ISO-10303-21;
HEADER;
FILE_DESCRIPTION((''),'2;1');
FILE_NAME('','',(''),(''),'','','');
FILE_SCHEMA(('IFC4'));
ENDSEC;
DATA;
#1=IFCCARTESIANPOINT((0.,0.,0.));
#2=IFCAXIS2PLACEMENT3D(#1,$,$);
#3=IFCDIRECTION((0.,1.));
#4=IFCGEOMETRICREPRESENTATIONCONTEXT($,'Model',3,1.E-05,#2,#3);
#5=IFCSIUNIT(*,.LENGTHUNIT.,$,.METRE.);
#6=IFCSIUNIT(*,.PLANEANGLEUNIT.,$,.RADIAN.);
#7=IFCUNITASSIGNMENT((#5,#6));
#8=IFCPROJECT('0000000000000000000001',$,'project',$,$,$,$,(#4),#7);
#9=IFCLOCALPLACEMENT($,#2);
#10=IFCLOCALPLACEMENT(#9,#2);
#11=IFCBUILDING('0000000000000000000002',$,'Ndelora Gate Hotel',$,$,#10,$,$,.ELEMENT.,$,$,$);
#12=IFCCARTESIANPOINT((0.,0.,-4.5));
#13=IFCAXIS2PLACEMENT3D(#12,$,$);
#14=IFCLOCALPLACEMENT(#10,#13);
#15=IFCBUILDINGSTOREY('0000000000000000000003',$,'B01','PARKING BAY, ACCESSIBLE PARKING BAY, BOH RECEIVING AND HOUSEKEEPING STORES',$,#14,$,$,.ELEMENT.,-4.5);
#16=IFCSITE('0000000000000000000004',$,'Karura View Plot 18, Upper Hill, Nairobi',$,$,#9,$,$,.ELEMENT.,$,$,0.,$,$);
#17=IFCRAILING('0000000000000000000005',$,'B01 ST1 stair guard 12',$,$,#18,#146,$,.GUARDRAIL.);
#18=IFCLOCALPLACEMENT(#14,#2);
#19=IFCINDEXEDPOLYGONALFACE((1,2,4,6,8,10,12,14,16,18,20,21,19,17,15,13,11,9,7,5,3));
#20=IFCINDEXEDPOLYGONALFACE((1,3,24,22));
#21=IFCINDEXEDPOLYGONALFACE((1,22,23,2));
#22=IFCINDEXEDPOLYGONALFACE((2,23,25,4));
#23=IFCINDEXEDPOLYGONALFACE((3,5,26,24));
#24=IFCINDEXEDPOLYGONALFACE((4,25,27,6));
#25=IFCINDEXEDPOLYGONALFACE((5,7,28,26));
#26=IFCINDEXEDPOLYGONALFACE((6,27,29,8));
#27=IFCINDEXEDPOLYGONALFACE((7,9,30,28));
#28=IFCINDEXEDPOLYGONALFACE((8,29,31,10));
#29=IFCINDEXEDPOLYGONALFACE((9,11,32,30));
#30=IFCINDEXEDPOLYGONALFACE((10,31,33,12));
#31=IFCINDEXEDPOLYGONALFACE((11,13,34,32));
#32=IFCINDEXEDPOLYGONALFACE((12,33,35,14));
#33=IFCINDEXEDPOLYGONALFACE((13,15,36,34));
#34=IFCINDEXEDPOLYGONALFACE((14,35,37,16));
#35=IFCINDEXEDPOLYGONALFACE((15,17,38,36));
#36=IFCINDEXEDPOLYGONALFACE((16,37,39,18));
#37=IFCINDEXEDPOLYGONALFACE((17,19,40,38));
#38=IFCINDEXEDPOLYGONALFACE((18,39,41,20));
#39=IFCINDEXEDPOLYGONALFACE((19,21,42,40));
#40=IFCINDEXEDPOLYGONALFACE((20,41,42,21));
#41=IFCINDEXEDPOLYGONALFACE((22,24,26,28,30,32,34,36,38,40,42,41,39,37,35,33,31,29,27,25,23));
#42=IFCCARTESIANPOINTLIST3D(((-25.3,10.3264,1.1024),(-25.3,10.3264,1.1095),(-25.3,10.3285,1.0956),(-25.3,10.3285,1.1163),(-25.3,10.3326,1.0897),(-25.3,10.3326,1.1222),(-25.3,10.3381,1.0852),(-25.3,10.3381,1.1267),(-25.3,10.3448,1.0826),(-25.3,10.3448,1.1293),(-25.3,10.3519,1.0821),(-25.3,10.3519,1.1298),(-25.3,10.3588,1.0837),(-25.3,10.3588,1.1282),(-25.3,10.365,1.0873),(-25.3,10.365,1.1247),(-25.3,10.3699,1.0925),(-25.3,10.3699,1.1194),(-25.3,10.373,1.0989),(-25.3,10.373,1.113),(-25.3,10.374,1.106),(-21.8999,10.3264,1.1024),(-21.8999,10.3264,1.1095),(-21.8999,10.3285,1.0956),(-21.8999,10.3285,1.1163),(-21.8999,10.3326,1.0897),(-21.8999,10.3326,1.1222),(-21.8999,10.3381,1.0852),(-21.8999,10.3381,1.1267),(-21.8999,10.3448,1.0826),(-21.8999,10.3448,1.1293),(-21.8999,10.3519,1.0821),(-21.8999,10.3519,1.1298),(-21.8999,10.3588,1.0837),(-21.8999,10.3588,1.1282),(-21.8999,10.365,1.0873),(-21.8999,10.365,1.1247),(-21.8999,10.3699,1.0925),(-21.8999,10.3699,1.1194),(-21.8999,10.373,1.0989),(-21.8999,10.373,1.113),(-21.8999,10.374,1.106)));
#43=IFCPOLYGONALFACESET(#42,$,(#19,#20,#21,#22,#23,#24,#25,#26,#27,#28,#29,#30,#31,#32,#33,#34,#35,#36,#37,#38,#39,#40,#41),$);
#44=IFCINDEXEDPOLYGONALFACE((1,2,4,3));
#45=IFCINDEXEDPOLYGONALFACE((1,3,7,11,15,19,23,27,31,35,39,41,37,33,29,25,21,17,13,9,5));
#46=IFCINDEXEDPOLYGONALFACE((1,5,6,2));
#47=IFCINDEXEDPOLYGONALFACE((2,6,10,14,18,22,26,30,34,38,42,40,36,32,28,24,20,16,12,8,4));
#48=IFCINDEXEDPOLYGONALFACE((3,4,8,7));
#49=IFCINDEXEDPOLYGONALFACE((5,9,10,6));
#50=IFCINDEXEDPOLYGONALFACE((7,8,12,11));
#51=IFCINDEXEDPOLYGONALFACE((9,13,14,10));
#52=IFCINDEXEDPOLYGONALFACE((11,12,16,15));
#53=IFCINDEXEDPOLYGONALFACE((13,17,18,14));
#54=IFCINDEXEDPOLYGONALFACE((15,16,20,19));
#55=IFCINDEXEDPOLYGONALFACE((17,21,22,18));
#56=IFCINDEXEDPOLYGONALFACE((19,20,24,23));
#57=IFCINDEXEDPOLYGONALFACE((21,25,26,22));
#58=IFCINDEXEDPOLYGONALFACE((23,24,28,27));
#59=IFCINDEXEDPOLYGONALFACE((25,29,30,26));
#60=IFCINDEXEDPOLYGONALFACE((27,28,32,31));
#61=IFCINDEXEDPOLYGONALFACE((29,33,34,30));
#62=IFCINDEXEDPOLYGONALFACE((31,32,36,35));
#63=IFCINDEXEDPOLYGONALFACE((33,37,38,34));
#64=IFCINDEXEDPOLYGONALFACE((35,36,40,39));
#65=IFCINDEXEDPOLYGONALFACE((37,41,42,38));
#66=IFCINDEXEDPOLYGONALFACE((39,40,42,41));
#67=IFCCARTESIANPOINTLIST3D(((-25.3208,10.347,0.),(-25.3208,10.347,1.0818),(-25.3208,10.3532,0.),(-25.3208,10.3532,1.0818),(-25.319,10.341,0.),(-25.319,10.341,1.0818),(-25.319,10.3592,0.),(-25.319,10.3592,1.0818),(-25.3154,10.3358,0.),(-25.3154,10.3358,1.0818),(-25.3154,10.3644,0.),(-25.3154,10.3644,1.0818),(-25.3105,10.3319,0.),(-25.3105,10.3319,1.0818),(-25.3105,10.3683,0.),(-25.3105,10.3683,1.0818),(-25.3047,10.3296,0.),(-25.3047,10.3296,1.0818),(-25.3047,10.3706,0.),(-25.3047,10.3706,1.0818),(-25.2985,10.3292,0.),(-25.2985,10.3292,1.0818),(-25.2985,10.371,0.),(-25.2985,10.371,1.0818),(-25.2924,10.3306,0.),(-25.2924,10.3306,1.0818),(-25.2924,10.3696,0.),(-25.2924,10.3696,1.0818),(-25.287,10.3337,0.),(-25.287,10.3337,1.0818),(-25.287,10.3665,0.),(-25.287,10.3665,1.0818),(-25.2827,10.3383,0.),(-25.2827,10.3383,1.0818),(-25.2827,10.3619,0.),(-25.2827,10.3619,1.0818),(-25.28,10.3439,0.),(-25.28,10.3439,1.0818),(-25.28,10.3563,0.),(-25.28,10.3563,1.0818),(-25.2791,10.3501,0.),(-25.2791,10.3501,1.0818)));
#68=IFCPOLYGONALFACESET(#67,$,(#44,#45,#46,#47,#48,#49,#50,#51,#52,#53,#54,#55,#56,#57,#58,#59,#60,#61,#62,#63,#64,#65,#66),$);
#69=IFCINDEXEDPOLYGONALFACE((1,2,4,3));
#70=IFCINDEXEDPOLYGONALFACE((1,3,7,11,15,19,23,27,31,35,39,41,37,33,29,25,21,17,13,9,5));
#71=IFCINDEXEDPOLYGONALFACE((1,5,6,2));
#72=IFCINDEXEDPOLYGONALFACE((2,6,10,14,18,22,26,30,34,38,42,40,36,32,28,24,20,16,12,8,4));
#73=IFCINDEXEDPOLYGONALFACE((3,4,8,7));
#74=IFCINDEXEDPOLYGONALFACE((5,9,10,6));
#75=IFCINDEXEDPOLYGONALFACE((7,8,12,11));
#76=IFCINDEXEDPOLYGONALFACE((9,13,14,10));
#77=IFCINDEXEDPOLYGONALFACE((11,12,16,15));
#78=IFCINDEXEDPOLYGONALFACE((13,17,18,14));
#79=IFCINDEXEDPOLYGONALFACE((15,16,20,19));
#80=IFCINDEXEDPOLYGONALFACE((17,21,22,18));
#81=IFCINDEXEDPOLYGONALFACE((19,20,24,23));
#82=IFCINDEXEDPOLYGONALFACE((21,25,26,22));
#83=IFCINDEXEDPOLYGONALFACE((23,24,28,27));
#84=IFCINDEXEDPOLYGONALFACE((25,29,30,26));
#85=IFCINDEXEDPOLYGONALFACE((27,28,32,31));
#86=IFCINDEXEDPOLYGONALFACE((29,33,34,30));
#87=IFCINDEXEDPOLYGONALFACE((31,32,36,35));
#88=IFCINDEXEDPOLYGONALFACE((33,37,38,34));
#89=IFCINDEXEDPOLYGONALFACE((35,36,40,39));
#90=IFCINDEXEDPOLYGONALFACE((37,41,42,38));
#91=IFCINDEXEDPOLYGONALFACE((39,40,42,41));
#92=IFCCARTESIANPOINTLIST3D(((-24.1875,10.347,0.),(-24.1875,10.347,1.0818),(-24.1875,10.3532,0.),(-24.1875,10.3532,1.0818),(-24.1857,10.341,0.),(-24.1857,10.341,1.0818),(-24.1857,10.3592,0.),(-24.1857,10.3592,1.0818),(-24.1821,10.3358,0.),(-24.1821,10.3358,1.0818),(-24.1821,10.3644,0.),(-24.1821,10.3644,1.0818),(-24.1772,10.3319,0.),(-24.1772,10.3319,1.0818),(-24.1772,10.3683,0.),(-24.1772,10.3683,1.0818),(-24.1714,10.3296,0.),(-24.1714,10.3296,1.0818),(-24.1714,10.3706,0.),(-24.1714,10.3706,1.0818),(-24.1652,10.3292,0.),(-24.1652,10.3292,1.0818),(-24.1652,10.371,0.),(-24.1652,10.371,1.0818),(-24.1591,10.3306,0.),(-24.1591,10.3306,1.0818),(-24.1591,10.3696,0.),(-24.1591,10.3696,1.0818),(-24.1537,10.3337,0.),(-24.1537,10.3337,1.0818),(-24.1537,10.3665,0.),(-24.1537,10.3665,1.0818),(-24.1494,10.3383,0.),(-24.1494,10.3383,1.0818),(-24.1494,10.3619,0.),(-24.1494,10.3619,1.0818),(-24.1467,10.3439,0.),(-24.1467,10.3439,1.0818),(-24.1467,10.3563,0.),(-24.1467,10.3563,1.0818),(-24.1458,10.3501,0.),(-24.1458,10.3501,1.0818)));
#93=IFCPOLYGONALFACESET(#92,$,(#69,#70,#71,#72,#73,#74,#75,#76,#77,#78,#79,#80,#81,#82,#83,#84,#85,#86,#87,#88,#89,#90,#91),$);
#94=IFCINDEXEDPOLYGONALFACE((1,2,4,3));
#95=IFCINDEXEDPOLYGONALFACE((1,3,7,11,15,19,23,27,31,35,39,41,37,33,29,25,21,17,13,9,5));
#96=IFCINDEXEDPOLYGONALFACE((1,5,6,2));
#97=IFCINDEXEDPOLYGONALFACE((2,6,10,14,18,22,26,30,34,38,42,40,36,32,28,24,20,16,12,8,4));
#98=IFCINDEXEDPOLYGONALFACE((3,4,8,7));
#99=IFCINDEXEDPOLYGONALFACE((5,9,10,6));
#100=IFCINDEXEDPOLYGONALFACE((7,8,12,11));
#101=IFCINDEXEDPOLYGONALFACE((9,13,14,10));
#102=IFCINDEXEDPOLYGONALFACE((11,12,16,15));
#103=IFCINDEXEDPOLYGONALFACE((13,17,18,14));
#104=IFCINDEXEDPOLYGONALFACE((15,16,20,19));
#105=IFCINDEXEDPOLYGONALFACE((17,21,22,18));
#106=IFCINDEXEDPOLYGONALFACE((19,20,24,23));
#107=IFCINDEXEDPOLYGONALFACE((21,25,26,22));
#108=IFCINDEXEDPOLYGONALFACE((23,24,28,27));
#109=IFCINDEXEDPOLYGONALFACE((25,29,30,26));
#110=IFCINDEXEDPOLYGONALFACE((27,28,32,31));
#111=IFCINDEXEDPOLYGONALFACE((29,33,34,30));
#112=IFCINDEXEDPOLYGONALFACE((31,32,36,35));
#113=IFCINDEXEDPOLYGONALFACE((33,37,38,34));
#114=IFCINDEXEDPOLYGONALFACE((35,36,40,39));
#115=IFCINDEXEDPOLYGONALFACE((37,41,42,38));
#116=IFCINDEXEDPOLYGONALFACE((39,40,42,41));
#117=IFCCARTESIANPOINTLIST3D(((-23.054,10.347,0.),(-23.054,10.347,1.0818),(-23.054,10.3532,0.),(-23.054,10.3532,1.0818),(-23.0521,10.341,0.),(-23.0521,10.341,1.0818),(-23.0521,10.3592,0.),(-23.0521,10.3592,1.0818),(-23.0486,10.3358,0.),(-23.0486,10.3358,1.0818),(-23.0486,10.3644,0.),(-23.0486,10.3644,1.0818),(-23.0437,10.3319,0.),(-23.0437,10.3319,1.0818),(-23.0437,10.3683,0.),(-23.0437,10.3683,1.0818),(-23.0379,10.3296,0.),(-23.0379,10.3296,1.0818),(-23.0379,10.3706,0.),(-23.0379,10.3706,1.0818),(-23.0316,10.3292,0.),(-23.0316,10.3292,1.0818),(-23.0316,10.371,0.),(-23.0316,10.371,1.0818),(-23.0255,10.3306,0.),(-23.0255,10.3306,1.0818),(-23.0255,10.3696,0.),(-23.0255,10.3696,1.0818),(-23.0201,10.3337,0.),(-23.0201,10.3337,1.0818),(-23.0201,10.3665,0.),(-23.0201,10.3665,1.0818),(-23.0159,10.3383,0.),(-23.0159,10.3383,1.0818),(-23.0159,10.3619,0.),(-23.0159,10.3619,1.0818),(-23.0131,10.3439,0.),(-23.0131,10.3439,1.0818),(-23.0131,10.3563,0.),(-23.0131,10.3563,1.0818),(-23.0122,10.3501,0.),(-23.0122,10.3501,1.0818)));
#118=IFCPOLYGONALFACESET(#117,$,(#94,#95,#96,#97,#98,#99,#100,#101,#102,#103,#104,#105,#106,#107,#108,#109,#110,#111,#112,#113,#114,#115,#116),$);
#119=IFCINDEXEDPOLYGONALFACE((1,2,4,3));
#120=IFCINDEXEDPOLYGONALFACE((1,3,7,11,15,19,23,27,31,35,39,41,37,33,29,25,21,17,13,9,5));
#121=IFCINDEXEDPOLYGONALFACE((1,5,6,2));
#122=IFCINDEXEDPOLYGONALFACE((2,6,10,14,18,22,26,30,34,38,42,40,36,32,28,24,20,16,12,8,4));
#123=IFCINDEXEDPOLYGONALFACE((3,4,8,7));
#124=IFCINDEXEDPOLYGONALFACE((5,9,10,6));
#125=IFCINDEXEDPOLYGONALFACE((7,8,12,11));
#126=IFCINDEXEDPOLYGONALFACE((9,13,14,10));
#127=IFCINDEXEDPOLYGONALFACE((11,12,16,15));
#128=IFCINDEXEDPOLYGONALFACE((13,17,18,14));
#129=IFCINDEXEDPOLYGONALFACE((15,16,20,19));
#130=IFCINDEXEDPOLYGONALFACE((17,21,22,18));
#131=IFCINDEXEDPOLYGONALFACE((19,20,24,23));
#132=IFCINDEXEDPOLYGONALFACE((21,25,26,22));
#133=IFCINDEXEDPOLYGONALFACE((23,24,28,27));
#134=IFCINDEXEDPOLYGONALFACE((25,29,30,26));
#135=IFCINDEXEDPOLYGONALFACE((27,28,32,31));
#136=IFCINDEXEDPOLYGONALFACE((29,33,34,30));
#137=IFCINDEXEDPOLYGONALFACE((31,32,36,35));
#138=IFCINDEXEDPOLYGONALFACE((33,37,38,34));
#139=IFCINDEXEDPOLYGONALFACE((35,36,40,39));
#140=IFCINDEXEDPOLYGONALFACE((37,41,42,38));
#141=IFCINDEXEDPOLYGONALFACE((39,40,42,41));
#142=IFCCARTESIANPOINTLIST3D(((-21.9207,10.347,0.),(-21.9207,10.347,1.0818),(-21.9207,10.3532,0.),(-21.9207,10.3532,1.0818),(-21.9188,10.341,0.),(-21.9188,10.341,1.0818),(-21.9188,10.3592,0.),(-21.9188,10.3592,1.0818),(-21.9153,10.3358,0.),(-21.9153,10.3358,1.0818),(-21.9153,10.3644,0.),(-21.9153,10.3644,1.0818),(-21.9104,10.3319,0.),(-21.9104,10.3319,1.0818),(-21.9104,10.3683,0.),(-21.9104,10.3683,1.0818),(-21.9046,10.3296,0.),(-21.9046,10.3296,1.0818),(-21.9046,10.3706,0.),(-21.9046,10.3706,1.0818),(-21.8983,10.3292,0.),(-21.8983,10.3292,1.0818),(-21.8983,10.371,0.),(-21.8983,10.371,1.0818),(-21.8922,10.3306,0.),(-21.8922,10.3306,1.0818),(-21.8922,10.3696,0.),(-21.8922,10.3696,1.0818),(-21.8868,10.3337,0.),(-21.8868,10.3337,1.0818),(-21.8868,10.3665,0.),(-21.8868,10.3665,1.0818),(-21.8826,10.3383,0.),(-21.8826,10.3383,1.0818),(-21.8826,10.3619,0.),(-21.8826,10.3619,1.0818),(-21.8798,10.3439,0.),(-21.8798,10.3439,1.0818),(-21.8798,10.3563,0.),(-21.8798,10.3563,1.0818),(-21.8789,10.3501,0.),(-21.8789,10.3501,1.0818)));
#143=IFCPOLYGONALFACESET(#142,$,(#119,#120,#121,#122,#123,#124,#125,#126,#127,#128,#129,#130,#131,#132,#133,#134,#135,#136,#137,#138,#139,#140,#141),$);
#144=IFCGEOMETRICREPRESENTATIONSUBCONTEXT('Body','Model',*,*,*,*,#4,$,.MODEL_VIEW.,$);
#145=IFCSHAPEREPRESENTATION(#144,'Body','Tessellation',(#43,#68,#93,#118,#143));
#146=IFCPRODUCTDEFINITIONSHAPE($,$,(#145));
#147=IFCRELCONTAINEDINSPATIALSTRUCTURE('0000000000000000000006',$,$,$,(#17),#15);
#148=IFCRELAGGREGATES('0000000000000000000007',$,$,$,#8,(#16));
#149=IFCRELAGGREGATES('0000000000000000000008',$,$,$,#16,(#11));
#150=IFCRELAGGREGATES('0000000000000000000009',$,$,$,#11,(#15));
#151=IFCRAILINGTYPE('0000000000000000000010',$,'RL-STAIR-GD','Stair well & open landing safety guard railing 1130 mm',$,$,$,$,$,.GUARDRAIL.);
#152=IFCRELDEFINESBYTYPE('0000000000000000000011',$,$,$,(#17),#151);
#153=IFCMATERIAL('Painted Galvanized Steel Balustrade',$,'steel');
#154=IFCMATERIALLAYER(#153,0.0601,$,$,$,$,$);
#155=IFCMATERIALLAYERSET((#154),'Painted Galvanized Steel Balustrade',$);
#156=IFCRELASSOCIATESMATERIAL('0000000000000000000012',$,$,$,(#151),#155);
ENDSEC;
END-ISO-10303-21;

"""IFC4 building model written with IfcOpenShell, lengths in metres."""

from ifc_helpers import new_model, si_unit, direction, frame, origin, origin_2d, place, context, subcontext, project, spatial, circle, extrude, material, layer, layer_set, type_object, element, save


model = new_model("IFC4")

# Units and contexts
model_context = context("Model", 3, precision=1e-05, world=origin(), true_north=direction((0.0, 1.0)))
body_context = subcontext(model_context, "Body", "Model", "MODEL_VIEW")
ifc_project = project(units=[si_unit("LENGTHUNIT", "METRE"), si_unit("PLANEANGLEUNIT", "RADIAN")], contexts=[model_context])

# Site, building, storey
site_placement = place(None, origin())
site = spatial("IfcSite", under=ifc_project, at=site_placement, Name="Karura View Plot 18, Upper Hill, Nairobi", CompositionType="ELEMENT", RefElevation=0.0)
building_placement = place(site_placement, origin())
building = spatial("IfcBuilding", under=site, at=building_placement, Name="Ndelora Gate Hotel", CompositionType="ELEMENT")
storey_placement = place(building_placement, frame((0.0, 0.0, -4.5)))
storey = spatial("IfcBuildingStorey", under=building, at=storey_placement, Name="B01", Description="PARKING BAY, ACCESSIBLE PARKING BAY, BOH RECEIVING AND HOUSEKEEPING STORES", CompositionType="ELEMENT", Elevation=-4.5)

# Railing
ifc_material_1 = material(Name="Painted Galvanized Steel Balustrade", Category="steel")
ifc_layer_1 = layer(ifc_material_1, 0.0601)
ifc_layer_set_1 = layer_set([ifc_layer_1], Name="Painted Galvanized Steel Balustrade")
railing_type_1 = type_object("IfcRailingType", Name="RL-STAIR-GD", Description="Stair well & open landing safety guard railing 1130 mm", PredefinedType="GUARDRAIL", material=ifc_layer_set_1)
railing_1_placement = place(storey_placement, frame((-25.3, 10.3501, 0.0)))
element("IfcRailing", 1, at=railing_1_placement, inside=storey, type_object=railing_type_1, Name="B01 ST1 stair guard 12", PredefinedType="GUARDRAIL", context=body_context, shape_type="SweptSolid", body=[
    extrude(circle(Radius=0.0239, at=origin_2d()), frame((0.0, 0.0, 1.106), z_axis=(1.0, 0.0, 0.0), x_axis=(0.0, 1.0, 0.0)), (0.0, 0.0, 1.0), 3.4001),
    extrude(circle(Radius=0.021, at=origin_2d()), origin(), (0.0, 0.0, 1.0), 1.0818),
    extrude(circle(Radius=0.021, at=origin_2d()), frame((1.1333, 0.0, 0.0)), (0.0, 0.0, 1.0), 1.0818),
    extrude(circle(Radius=0.021, at=origin_2d()), frame((2.2668, 0.0, 0.0)), (0.0, 0.0, 1.0), 1.0818),
    extrude(circle(Radius=0.021, at=origin_2d()), frame((3.4001, 0.0, 0.0)), (0.0, 0.0, 1.0), 1.0818),
])

save(model, "model.ifc")
